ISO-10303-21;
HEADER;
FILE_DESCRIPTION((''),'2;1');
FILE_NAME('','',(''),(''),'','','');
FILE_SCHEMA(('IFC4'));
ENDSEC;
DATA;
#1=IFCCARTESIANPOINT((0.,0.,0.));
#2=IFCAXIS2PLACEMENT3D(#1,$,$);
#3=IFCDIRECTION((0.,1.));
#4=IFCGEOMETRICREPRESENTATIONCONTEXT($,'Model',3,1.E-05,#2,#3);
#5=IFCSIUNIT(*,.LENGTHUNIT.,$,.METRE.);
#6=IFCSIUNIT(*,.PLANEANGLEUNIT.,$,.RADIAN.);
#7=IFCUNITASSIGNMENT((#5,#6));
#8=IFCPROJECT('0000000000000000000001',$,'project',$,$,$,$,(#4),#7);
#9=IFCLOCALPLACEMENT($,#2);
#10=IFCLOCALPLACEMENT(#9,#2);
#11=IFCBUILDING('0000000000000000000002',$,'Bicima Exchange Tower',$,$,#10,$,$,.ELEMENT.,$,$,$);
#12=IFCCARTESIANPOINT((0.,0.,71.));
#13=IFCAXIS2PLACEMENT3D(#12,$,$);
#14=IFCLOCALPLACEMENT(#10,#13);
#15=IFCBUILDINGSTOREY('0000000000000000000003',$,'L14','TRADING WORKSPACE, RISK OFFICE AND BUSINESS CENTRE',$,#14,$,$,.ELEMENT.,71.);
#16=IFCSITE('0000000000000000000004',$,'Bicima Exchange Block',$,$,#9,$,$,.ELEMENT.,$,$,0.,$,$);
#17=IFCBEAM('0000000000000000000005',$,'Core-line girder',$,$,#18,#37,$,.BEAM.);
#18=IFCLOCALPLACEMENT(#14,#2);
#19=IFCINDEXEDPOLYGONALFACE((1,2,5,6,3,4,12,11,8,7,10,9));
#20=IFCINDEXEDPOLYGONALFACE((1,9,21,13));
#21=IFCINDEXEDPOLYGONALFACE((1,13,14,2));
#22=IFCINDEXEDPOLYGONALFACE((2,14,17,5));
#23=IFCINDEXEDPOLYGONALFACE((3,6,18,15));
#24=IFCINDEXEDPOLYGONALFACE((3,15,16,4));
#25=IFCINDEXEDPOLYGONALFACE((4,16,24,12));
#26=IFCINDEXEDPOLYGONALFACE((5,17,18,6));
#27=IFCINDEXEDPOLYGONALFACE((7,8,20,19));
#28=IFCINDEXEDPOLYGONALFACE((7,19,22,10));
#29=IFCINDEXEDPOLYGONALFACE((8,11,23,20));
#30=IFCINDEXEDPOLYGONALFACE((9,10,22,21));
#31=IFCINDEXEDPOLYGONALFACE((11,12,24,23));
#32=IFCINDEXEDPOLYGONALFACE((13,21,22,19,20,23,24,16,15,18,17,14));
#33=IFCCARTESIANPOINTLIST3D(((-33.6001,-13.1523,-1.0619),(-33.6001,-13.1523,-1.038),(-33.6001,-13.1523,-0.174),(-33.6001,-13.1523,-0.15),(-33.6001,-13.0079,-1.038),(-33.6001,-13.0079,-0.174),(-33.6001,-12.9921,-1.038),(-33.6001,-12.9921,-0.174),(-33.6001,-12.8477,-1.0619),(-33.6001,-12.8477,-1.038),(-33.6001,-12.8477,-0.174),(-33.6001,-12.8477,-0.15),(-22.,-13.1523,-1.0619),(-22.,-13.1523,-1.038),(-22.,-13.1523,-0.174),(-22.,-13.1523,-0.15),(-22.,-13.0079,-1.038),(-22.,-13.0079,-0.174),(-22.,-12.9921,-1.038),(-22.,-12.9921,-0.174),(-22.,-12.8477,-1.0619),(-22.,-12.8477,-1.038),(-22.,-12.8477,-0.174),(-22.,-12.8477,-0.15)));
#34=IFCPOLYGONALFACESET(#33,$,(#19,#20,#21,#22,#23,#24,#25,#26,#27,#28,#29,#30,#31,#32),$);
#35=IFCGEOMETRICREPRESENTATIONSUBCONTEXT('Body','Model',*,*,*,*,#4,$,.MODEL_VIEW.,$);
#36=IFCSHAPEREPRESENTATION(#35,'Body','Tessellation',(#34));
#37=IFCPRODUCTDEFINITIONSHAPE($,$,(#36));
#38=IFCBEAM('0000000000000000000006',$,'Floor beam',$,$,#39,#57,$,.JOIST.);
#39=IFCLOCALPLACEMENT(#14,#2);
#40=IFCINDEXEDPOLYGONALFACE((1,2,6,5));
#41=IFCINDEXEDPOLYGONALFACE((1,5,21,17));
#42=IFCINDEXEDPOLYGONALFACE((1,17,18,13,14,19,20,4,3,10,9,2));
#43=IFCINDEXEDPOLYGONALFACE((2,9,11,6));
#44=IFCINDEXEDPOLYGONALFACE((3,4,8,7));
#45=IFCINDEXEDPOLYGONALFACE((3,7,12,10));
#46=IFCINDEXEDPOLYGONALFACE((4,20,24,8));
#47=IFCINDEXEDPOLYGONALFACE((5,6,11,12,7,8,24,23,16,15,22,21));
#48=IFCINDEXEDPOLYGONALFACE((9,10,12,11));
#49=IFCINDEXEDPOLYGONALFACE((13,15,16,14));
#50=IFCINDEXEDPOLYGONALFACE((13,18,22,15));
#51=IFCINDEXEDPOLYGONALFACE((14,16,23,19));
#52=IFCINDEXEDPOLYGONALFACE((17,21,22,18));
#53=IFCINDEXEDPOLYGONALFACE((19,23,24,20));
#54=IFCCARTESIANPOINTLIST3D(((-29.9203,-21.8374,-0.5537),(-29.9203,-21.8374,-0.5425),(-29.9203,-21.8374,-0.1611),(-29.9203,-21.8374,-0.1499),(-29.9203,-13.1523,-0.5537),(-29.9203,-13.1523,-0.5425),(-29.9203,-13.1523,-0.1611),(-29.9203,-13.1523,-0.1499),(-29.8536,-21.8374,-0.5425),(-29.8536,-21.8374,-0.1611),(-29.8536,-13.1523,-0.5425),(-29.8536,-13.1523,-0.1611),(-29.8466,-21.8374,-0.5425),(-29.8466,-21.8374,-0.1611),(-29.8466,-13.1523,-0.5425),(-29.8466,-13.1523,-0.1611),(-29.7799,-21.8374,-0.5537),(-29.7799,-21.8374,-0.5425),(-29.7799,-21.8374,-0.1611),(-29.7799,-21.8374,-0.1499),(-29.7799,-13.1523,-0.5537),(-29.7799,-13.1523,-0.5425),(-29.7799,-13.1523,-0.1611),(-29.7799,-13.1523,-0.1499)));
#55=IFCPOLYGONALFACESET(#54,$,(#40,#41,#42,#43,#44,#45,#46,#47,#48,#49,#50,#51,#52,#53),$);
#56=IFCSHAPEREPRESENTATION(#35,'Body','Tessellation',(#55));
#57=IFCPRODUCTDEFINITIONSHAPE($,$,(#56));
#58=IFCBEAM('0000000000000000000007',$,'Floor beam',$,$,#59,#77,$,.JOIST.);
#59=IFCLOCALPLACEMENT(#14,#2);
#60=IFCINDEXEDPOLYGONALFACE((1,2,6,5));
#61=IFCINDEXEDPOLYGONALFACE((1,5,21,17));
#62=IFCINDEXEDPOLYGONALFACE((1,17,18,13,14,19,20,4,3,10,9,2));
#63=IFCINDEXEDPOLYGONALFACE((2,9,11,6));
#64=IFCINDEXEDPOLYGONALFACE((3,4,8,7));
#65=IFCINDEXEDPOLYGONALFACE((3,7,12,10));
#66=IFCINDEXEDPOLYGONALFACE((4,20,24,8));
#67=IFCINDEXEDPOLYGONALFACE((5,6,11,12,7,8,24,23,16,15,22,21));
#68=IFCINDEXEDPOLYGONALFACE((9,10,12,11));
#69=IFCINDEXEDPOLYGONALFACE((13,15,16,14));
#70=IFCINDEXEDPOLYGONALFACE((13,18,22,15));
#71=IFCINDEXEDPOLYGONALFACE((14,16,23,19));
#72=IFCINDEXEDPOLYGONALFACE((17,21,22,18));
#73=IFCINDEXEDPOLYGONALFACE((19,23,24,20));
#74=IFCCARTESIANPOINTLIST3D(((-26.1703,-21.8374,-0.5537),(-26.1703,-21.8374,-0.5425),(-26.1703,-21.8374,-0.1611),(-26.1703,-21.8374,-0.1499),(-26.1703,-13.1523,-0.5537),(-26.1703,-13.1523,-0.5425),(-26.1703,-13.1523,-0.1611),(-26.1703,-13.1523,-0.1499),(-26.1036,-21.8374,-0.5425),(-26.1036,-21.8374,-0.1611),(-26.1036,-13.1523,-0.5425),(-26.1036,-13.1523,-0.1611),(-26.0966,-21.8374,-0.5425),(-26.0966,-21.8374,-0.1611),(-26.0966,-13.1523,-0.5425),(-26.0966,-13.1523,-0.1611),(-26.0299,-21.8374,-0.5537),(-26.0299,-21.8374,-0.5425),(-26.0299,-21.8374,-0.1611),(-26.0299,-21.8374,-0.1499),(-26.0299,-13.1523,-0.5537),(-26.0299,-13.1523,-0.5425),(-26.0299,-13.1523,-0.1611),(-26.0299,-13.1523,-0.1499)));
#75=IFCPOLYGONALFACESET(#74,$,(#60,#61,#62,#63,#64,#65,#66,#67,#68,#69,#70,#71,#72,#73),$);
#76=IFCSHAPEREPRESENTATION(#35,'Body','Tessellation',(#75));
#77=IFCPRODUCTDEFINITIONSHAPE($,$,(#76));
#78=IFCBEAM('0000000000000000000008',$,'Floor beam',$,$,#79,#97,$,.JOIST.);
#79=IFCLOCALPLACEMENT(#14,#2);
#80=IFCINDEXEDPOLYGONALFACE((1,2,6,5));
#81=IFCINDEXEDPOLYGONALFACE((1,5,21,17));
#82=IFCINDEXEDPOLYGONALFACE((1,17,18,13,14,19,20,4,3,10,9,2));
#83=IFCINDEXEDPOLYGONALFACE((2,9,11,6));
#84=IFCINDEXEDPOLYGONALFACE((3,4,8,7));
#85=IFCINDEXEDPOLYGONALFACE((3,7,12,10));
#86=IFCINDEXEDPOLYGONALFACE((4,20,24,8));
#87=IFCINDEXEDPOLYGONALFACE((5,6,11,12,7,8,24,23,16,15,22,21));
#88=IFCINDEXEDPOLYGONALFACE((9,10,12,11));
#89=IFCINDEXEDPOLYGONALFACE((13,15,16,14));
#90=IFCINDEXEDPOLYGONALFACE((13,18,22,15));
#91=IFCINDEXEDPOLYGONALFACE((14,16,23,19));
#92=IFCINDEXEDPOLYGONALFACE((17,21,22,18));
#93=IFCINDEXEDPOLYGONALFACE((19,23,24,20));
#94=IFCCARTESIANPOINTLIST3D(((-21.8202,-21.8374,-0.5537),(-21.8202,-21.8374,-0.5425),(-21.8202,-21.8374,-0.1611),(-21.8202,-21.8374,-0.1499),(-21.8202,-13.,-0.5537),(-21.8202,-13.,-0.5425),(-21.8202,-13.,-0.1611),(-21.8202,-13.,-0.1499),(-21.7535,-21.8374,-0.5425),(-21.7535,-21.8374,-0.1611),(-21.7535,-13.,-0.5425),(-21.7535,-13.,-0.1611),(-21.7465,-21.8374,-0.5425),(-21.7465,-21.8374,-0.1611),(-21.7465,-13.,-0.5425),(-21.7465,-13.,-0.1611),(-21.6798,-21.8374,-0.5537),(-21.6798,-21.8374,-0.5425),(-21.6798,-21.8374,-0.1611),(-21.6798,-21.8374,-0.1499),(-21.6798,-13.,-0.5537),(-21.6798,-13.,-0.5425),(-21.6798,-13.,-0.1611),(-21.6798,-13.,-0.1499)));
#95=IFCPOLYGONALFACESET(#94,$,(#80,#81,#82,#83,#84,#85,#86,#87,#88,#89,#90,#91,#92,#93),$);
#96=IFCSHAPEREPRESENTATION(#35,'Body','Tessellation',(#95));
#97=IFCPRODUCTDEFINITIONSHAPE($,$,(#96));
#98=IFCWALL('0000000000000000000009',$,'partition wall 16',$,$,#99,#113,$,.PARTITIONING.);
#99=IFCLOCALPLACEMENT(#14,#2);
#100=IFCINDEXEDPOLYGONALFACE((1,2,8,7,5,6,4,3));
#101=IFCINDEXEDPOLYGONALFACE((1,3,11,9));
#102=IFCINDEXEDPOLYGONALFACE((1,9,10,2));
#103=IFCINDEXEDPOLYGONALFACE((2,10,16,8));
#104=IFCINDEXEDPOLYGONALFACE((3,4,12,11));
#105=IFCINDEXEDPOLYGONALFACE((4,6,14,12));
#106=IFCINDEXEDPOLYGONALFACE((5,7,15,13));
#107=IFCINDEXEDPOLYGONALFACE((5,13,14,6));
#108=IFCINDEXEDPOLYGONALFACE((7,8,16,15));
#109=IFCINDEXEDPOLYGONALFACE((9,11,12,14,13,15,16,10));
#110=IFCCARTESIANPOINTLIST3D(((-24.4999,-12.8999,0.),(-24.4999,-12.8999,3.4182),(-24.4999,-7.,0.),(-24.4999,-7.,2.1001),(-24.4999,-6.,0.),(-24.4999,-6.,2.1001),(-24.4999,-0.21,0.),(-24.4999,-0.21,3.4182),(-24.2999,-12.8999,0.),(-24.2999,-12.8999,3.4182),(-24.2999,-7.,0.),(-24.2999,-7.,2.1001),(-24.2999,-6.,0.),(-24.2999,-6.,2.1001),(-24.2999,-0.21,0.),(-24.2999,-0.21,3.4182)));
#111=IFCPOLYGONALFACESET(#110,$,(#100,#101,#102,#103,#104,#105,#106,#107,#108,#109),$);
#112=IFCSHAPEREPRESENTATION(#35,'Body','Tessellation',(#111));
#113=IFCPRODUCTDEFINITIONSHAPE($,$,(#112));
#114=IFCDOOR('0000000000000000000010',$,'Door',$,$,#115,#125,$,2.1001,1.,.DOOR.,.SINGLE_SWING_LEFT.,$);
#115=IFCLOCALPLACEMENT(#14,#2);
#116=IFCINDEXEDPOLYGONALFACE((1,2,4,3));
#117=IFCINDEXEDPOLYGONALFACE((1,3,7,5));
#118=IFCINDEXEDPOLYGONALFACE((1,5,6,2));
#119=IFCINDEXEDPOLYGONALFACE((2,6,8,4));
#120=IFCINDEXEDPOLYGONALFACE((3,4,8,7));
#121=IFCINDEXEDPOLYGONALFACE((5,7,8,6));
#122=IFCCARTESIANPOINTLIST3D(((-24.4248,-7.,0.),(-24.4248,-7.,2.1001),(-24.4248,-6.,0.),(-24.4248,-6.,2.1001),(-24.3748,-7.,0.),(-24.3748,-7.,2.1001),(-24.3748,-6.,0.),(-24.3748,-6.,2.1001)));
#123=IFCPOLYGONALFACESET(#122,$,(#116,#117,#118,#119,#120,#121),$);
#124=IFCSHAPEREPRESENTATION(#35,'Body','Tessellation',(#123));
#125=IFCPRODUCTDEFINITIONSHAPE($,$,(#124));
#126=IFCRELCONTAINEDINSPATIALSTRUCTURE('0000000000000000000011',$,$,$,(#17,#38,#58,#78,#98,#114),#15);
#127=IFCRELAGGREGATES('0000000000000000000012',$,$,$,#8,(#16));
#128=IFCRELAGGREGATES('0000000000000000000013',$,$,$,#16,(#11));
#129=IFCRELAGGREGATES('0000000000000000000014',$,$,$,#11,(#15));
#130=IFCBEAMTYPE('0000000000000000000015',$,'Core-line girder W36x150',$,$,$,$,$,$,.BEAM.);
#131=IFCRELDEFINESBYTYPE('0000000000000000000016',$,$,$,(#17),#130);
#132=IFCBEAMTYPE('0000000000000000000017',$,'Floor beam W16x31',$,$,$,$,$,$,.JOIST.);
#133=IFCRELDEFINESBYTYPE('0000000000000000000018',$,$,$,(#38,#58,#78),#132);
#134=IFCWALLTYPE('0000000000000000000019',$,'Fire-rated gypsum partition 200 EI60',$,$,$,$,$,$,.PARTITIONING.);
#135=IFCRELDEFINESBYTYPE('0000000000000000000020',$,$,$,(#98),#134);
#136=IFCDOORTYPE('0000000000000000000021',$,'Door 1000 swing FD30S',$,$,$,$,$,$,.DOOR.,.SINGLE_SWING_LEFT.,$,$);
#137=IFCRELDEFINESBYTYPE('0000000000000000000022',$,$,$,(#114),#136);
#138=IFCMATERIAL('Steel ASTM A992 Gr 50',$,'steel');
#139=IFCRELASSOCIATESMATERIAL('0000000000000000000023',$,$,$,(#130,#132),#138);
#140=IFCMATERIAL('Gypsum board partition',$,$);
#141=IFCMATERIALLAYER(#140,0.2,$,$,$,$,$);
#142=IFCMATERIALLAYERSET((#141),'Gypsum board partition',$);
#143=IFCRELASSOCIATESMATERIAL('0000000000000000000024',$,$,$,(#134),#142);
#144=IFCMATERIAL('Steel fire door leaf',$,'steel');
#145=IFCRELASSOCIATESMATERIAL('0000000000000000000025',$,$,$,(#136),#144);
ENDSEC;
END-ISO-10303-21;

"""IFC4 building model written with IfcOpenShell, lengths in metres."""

from ifc_helpers import new_model, si_unit, direction, frame, frame_2d, origin, origin_2d, place, context, subcontext, project, spatial, rectangle, i_section, extrude, material, layer, layer_set, material_profile, profile_set, type_object, element, fill, save


model = new_model("IFC4")

# Units and contexts
model_context = context("Model", 3, precision=1e-05, world=origin(), true_north=direction((0.0, 1.0)))
body_context = subcontext(model_context, "Body", "Model", "MODEL_VIEW")
ifc_project = project(units=[si_unit("LENGTHUNIT", "METRE"), si_unit("PLANEANGLEUNIT", "RADIAN")], contexts=[model_context])

# Site, building, storey
site_placement = place(None, origin())
site = spatial("IfcSite", under=ifc_project, at=site_placement, Name="Bicima Exchange Block", CompositionType="ELEMENT", RefElevation=0.0)
building_placement = place(site_placement, origin())
building = spatial("IfcBuilding", under=site, at=building_placement, Name="Bicima Exchange Tower", CompositionType="ELEMENT")
storey_placement = place(building_placement, frame((0.0, 0.0, 71.0)))
storey = spatial("IfcBuildingStorey", under=building, at=storey_placement, Name="L14", Description="TRADING WORKSPACE, RISK OFFICE AND BUSINESS CENTRE", CompositionType="ELEMENT", Elevation=71.0)

# Beams
ifc_material_1 = material(Name="Steel ASTM A992 Gr 50", Category="steel")
ifc_material_profile_1 = material_profile(ifc_material_1, i_section(OverallWidth=0.3047, OverallDepth=0.9119, WebThickness=0.0159, FlangeThickness=0.0239, at=origin_2d()))
ifc_profile_set_1 = profile_set([ifc_material_profile_1], Name="Steel ASTM A992 Gr 50")
beam_type_1 = type_object("IfcBeamType", Name="Core-line girder W36x150", PredefinedType="BEAM", material=ifc_profile_set_1)
beam_1_placement = place(storey_placement, frame((-22.0, -13.0, -0.606), z_axis=(-1.0, 0.0, 0.0), x_axis=(0.0, -1.0, 0.0)))
element("IfcBeam", 1, at=beam_1_placement, inside=storey, type_object=beam_type_1, Name="Core-line girder", PredefinedType="BEAM", context=body_context, shape_type="SweptSolid", body=[
    extrude(i_section(OverallWidth=0.3047, OverallDepth=0.9119, WebThickness=0.0159, FlangeThickness=0.0239, at=origin_2d()), origin(), (0.0, 0.0, 1.0), 11.6001),
])
ifc_material_profile_2 = material_profile(ifc_material_1, i_section(OverallWidth=0.1404, OverallDepth=0.4038, WebThickness=0.0071, FlangeThickness=0.0112, at=origin_2d()))
ifc_profile_set_2 = profile_set([ifc_material_profile_2], Name="Steel ASTM A992 Gr 50")
beam_type_2 = type_object("IfcBeamType", Name="Floor beam W16x31", PredefinedType="JOIST", material=ifc_profile_set_2)
for number, where, z_axis, x_axis, name in (
    (2, (-29.8501, -13.1523, -0.3518), (0.0, -1.0, 0.0), (1.0, 0.0, 0.0), "Floor beam"),
    (3, (-26.1001, -13.1523, -0.3518), (0.0, -1.0, 0.0), (1.0, 0.0, 0.0), "Floor beam"),
):
    element("IfcBeam", number, at=place(storey_placement, frame(where, z_axis=z_axis, x_axis=x_axis)), inside=storey, type_object=beam_type_2, Name=name, PredefinedType="JOIST", context=body_context, shape_type="SweptSolid", body=[
        extrude(i_section(OverallWidth=0.1404, OverallDepth=0.4038, WebThickness=0.0071, FlangeThickness=0.0112, at=origin_2d()), origin(), (0.0, 0.0, 1.0), 8.6851),
    ])
beam_2_placement = place(storey_placement, frame((-21.75, -13.0, -0.3518), z_axis=(0.0, -1.0, 0.0), x_axis=(1.0, 0.0, 0.0)))
element("IfcBeam", 4, at=beam_2_placement, inside=storey, type_object=beam_type_2, Name="Floor beam", PredefinedType="JOIST", context=body_context, shape_type="SweptSolid", body=[
    extrude(i_section(OverallWidth=0.1404, OverallDepth=0.4038, WebThickness=0.0071, FlangeThickness=0.0112, at=origin_2d()), origin(), (0.0, 0.0, 1.0), 8.8374),
])

# Wall, opening, door
ifc_material_2 = material(Name="Gypsum board partition")
ifc_layer_1 = layer(ifc_material_2, 0.2)
ifc_layer_set_1 = layer_set([ifc_layer_1], Name="Gypsum board partition")
wall_type_1 = type_object("IfcWallType", Name="Fire-rated gypsum partition 200 EI60", PredefinedType="PARTITIONING", material=ifc_layer_set_1)
wall_1_placement = place(storey_placement, frame((-24.3999, -12.8999, 0.0), z_axis=(0.0, 0.0, 1.0), x_axis=(0.0, 1.0, 0.0)))
wall_1 = element("IfcWall", 5, at=wall_1_placement, inside=storey, type_object=wall_type_1, Name="partition wall 16", PredefinedType="PARTITIONING", context=body_context, shape_type="SweptSolid", body=[
    extrude(rectangle(XDim=12.6899, YDim=0.2, at=frame_2d((6.345, 0.0))), origin(), (0.0, 0.0, 1.0), 3.4182),
])
opening_1_placement = place(wall_1_placement, frame((5.8999, 0.0, 0.0)))
opening_1 = element("IfcOpeningElement", 6, at=opening_1_placement, cuts=wall_1, PredefinedType="OPENING", context=body_context, shape_type="SweptSolid", body=[
    extrude(rectangle(XDim=1.0, YDim=2.1001, at=frame_2d((0.5, 1.05))), frame((0.0, 0.1118, 0.0), z_axis=(0.0, -1.0, 0.0), x_axis=(1.0, 0.0, 0.0)), (0.0, 0.0, 1.0), 0.2239),
])
ifc_material_3 = material(Name="Steel fire door leaf", Category="steel")
door_type_1 = type_object("IfcDoorType", Name="Door 1000 swing FD30S", OperationType="SINGLE_SWING_LEFT", PredefinedType="DOOR", material=ifc_material_3)
door_1_placement = place(opening_1_placement, origin())
door_1 = element("IfcDoor", 7, at=door_1_placement, inside=storey, type_object=door_type_1, Name="Door", OperationType="SINGLE_SWING_LEFT", OverallHeight=2.1001, OverallWidth=1.0, PredefinedType="DOOR", context=body_context, shape_type="SweptSolid", body=[
    extrude(rectangle(XDim=1.0, YDim=2.1001, at=frame_2d((0.5, 1.05))), frame((0.0, 0.0249, 0.0), z_axis=(0.0, -1.0, 0.0), x_axis=(1.0, 0.0, 0.0)), (0.0, 0.0, 1.0), 0.05),
])
fill(opening_1, door_1)

save(model, "model.ifc")
